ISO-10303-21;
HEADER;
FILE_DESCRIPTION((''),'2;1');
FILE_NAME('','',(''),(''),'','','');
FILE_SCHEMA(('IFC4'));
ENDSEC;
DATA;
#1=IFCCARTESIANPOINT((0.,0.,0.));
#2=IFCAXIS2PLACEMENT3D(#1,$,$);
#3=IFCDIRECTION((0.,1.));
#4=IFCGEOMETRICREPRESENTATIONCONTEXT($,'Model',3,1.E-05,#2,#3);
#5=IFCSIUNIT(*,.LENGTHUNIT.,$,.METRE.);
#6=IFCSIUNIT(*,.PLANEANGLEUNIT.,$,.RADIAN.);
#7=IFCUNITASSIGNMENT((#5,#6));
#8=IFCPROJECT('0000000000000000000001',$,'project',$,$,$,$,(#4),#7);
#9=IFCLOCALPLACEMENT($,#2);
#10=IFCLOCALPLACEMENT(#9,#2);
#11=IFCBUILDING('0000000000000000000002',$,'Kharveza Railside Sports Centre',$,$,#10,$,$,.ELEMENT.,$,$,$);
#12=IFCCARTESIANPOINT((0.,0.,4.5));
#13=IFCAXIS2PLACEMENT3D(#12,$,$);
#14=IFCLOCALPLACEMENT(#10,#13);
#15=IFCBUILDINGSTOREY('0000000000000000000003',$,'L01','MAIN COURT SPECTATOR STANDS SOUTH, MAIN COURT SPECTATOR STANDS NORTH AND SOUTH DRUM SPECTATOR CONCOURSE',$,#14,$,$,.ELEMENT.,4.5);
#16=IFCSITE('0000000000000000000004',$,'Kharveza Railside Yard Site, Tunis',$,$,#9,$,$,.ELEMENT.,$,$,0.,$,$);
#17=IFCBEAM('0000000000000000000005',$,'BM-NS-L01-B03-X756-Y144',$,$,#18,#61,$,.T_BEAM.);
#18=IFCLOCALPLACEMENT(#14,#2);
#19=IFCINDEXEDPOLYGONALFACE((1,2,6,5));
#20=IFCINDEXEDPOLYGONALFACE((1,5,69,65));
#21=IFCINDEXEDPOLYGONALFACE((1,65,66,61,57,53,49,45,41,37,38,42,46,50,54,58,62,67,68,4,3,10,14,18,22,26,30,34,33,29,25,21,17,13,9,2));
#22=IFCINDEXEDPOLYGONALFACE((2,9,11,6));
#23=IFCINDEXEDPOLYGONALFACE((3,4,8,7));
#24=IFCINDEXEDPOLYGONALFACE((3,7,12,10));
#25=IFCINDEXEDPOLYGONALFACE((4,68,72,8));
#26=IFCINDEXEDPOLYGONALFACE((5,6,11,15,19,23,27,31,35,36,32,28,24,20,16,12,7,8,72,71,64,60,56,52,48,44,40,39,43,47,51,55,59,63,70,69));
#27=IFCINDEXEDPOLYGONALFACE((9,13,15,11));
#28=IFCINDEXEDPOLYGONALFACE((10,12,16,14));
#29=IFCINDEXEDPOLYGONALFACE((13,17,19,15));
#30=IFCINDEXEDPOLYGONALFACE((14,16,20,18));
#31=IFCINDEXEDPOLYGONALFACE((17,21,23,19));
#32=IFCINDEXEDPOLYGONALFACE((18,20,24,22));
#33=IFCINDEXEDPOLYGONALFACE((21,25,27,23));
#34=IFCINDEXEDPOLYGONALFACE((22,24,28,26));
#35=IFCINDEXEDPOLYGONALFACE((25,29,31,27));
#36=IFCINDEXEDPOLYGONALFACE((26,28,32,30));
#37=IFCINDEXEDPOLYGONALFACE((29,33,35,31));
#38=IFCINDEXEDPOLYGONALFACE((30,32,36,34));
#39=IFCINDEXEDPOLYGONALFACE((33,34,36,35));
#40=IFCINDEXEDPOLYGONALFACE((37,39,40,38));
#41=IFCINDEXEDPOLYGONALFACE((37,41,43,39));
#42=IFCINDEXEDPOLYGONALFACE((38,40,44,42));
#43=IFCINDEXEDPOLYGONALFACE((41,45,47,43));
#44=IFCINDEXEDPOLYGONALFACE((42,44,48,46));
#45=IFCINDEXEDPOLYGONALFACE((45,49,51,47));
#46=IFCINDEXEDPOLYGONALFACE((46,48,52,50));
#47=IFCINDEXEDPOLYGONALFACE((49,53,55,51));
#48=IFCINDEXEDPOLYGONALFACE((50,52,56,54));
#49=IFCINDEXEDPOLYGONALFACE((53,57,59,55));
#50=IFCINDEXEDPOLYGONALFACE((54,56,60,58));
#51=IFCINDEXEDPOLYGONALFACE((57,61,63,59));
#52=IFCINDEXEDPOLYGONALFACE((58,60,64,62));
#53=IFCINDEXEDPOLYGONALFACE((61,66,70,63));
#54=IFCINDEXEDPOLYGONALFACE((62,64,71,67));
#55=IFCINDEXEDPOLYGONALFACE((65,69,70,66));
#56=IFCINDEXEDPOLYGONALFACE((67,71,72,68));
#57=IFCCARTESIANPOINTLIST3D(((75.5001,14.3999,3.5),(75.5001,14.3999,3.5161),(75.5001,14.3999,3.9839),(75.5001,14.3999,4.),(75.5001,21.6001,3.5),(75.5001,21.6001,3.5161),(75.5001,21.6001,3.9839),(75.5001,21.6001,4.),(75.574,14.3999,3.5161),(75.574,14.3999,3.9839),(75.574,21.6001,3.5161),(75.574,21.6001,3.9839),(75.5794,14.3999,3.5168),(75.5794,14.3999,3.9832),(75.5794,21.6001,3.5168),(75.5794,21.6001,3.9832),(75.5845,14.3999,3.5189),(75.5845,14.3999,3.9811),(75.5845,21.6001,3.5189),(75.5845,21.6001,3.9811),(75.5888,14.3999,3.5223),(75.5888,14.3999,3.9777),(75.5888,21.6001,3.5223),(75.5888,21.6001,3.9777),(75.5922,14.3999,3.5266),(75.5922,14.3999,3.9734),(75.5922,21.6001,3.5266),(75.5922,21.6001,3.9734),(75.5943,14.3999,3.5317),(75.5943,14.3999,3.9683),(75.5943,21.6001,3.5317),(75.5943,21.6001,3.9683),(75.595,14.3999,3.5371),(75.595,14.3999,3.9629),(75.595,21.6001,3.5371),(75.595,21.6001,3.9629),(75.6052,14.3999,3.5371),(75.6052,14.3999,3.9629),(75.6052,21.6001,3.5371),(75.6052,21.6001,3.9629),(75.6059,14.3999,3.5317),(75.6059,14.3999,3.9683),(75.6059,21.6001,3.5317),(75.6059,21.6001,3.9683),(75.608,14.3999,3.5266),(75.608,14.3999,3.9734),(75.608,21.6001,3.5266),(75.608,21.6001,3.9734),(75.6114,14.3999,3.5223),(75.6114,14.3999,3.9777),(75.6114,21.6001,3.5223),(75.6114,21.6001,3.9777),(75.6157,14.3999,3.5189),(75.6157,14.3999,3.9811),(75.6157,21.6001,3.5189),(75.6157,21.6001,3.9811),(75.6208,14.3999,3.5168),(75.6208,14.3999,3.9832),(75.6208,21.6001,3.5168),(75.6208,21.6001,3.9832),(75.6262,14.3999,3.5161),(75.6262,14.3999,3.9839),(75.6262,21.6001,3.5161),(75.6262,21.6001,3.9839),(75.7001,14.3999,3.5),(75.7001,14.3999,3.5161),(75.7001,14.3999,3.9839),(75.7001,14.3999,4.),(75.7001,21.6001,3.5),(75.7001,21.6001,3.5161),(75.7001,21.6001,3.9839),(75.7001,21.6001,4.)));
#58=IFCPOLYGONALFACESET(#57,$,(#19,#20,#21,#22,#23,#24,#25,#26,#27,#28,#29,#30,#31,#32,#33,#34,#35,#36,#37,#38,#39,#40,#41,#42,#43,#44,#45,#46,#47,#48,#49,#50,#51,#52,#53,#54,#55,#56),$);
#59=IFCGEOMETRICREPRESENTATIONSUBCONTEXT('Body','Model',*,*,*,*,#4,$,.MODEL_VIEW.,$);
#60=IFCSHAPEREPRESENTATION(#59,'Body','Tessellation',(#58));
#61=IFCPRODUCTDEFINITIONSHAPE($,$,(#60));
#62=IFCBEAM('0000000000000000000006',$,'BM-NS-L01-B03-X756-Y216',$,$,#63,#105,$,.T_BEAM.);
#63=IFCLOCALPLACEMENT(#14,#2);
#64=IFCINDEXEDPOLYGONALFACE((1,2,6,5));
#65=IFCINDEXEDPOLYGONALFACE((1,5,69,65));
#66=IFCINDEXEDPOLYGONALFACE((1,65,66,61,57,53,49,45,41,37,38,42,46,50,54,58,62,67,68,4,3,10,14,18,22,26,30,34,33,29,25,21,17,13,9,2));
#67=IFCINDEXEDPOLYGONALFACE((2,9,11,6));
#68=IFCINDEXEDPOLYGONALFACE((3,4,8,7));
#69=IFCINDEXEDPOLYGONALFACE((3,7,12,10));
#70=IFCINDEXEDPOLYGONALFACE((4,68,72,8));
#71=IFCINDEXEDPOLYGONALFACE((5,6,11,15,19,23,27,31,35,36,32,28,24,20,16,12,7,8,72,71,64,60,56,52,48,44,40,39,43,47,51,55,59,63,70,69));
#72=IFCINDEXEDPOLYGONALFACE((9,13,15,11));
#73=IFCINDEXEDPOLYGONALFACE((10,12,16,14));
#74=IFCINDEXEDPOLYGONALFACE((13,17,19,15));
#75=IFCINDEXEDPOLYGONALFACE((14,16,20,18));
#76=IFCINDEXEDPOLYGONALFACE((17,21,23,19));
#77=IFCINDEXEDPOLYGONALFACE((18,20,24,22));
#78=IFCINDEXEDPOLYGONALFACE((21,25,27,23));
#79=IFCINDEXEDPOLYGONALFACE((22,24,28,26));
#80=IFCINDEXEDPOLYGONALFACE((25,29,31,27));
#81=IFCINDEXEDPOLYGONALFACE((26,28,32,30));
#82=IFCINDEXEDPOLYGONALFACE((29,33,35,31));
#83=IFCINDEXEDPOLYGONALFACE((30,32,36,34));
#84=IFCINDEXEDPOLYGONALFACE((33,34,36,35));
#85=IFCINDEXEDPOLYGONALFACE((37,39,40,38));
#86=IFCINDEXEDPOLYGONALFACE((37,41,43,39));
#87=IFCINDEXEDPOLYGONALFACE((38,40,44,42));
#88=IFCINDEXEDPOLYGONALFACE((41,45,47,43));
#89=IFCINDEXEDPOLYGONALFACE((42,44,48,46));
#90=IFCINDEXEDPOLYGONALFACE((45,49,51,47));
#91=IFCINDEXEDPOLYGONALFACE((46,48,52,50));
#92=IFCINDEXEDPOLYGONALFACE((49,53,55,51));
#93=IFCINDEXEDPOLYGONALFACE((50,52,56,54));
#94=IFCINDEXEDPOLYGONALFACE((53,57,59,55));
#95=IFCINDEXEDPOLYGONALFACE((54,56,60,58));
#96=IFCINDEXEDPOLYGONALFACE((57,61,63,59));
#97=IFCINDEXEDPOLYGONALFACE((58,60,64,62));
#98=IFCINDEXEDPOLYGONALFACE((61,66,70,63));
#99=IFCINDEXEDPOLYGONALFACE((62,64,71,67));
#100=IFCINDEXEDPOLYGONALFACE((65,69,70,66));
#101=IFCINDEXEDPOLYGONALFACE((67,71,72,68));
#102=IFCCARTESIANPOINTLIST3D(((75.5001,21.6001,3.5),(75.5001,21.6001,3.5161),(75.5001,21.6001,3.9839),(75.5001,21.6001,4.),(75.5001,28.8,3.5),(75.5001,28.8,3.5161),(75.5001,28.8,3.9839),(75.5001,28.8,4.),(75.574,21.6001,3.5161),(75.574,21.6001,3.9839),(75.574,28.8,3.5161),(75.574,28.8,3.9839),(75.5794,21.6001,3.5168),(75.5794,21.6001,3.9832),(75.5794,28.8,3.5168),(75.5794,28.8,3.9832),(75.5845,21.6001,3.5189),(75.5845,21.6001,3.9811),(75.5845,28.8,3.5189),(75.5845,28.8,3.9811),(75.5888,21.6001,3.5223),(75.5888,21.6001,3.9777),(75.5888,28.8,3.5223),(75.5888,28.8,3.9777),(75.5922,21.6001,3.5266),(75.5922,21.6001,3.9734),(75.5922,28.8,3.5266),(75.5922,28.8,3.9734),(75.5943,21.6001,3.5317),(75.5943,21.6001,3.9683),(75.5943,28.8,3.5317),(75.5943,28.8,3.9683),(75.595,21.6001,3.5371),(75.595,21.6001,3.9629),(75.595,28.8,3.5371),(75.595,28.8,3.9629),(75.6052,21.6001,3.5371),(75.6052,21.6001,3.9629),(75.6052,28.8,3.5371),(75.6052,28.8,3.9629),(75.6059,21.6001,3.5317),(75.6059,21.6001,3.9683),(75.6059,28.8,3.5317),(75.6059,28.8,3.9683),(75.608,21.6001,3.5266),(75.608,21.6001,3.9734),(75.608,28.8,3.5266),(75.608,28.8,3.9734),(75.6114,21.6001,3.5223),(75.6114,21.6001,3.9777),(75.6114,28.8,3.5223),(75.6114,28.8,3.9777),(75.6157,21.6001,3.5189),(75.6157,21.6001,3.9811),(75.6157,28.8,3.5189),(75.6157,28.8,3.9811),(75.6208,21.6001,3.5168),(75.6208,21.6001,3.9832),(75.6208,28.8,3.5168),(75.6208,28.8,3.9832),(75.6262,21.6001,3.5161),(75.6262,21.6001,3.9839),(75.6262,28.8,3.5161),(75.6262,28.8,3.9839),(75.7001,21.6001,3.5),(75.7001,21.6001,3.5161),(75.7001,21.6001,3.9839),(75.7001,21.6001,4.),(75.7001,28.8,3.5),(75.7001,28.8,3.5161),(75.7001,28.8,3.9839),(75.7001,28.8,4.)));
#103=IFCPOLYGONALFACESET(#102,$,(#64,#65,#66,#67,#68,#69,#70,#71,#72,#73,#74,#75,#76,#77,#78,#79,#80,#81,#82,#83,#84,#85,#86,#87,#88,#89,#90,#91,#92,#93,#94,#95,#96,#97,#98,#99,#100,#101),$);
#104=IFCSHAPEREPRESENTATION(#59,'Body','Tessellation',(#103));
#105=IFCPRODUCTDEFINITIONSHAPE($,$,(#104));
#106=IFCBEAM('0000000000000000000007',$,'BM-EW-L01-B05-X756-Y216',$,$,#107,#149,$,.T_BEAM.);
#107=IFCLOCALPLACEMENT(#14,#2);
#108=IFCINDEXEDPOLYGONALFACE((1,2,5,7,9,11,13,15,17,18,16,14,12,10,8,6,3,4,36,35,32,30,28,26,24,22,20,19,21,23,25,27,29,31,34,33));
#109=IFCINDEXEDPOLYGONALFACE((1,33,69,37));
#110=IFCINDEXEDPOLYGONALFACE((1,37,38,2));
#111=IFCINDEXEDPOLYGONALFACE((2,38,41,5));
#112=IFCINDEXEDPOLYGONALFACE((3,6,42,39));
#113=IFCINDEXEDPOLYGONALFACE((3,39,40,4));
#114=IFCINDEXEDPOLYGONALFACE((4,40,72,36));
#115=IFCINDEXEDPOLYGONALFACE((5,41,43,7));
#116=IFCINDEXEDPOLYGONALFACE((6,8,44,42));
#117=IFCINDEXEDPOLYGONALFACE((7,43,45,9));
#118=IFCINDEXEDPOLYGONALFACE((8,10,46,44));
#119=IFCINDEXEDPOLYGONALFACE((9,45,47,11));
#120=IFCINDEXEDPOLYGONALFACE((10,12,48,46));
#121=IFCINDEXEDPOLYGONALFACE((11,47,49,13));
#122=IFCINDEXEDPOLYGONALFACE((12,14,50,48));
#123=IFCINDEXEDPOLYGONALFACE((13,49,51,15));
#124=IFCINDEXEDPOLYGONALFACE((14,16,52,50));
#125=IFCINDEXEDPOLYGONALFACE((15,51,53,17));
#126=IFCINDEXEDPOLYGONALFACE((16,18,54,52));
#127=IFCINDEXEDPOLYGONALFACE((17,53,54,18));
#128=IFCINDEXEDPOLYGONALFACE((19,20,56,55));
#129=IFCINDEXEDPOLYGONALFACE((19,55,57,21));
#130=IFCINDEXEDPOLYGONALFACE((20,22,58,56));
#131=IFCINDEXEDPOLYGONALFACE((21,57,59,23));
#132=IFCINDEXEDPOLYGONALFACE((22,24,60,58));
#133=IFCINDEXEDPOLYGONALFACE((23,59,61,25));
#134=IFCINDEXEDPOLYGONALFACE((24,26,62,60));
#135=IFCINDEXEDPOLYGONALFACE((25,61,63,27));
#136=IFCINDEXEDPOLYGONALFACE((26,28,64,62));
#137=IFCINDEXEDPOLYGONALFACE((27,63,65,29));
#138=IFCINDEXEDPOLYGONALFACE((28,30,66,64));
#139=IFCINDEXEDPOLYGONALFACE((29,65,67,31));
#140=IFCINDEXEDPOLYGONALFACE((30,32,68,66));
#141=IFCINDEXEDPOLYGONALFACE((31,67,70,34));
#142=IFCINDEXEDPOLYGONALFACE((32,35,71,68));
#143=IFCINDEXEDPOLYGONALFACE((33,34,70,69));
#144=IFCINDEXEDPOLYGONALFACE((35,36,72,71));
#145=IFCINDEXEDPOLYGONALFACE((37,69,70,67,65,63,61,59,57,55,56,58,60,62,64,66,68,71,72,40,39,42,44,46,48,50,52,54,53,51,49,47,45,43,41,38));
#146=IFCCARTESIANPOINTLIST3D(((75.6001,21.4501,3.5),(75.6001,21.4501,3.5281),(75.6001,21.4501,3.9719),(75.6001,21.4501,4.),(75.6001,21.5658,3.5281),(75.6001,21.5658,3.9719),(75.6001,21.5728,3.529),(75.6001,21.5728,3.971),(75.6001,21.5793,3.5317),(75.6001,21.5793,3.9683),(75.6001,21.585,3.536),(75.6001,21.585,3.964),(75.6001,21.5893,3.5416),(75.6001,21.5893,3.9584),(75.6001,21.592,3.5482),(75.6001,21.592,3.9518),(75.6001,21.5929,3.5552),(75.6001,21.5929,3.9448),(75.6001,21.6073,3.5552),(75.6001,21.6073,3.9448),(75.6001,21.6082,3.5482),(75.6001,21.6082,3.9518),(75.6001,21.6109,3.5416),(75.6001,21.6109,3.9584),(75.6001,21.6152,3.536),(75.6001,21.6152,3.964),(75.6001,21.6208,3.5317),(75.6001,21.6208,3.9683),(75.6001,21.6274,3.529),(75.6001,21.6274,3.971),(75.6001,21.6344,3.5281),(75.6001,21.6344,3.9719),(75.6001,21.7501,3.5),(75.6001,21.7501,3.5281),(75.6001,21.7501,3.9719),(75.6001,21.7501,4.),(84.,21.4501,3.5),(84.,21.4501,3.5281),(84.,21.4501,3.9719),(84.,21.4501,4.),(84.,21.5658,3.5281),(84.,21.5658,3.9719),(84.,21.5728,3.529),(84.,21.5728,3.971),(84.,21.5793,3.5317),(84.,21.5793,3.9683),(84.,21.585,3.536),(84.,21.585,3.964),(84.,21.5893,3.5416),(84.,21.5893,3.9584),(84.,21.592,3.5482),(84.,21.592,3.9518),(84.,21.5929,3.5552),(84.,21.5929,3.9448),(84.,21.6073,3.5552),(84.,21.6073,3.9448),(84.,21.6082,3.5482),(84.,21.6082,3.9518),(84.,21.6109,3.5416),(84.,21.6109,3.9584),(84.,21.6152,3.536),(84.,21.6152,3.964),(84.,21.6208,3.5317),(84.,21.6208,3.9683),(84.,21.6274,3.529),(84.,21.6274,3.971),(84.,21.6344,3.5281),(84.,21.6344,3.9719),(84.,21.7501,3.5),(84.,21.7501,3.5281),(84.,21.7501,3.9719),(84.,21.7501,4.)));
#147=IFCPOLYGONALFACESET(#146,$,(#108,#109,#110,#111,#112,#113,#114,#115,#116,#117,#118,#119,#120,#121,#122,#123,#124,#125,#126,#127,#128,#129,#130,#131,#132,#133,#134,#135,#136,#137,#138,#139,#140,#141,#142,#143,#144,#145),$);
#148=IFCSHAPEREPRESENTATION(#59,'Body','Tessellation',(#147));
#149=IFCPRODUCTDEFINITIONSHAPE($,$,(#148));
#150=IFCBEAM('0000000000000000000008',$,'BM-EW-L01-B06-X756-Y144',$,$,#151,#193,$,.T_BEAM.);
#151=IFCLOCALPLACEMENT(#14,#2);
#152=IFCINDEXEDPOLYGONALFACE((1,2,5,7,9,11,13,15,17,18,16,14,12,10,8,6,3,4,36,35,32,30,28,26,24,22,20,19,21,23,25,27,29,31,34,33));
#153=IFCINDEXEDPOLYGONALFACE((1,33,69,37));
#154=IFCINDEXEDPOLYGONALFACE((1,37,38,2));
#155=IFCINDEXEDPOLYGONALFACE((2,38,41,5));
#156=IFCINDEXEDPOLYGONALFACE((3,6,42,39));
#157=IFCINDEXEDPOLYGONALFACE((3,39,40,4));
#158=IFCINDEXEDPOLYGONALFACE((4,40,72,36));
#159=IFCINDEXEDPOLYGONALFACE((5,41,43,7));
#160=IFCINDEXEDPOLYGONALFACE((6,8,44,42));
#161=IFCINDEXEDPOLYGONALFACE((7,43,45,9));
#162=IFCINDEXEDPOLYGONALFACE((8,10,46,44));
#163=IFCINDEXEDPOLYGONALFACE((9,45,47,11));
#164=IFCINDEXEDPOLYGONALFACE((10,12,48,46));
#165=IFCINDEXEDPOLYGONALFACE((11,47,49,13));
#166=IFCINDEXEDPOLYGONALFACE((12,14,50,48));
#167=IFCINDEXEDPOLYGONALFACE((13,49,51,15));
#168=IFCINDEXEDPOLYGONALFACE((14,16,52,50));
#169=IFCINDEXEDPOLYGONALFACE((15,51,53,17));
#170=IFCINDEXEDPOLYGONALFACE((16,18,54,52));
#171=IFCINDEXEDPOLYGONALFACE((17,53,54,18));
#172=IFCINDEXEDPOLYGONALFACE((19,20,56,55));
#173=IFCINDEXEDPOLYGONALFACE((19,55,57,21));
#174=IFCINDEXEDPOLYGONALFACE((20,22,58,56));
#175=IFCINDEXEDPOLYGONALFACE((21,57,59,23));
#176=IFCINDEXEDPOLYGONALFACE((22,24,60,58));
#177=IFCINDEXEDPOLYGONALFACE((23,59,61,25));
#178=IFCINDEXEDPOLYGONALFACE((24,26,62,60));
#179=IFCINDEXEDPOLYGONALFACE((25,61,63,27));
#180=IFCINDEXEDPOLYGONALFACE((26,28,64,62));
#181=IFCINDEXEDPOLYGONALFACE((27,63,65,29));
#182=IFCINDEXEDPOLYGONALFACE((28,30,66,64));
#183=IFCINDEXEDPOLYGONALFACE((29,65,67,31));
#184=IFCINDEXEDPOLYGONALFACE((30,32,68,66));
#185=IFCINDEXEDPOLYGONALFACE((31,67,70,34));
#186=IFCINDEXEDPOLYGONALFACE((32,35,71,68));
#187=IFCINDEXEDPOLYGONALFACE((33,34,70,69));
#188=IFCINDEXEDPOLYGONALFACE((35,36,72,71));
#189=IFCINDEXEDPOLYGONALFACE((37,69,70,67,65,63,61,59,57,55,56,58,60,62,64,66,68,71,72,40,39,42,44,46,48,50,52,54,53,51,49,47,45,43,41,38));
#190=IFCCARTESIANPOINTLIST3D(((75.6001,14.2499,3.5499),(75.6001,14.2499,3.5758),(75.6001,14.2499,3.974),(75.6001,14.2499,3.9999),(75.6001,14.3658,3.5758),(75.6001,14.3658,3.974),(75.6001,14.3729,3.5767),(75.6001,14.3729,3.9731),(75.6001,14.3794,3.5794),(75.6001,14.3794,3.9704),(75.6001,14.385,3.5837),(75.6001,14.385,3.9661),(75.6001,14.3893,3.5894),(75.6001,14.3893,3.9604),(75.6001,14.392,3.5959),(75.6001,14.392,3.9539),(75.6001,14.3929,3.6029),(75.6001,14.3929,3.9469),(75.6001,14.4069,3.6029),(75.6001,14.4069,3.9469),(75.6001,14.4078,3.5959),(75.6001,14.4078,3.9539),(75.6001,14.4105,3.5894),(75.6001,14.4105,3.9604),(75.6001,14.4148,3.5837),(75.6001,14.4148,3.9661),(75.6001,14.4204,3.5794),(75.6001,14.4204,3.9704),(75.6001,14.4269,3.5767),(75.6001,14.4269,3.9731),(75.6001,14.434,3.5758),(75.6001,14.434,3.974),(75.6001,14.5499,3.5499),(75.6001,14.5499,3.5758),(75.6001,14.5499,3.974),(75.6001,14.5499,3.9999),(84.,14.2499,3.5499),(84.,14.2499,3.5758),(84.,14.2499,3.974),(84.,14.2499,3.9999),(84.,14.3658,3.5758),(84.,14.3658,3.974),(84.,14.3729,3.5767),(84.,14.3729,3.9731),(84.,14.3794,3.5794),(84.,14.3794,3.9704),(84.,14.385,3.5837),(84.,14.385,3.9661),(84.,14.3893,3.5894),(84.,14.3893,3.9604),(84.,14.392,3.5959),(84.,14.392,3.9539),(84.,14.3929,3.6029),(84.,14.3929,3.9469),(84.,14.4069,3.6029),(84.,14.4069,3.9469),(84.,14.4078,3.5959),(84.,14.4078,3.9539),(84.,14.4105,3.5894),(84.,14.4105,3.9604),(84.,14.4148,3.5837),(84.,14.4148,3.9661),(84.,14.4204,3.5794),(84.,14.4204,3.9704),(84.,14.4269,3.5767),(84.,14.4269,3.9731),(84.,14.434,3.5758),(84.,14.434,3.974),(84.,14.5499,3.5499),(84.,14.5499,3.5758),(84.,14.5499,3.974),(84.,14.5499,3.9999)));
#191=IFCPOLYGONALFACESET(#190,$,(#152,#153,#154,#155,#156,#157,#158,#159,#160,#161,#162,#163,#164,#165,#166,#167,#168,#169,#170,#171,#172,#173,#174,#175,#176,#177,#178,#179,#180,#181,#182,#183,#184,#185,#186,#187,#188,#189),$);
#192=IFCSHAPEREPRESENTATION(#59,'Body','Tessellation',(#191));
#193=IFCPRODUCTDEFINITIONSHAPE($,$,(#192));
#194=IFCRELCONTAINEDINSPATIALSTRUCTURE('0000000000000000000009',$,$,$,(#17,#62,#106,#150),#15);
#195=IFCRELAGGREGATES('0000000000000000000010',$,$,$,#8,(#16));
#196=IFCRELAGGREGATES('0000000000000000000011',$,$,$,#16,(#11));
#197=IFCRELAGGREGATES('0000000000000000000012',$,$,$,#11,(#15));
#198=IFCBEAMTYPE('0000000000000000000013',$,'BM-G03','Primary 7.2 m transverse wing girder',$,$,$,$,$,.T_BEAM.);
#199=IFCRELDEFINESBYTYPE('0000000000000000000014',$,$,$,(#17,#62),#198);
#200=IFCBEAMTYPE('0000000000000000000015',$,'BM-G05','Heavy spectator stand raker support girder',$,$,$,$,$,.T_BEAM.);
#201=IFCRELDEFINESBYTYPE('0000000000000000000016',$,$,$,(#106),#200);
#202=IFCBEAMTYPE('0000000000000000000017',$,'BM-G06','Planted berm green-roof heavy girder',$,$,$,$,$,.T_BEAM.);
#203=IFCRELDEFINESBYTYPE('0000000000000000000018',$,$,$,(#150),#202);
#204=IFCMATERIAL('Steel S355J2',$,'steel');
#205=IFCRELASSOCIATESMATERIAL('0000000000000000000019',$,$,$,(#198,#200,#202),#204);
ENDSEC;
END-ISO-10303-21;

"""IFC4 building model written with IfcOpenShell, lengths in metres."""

from ifc_helpers import new_model, si_unit, direction, frame, origin, origin_2d, place, context, subcontext, project, spatial, i_section, extrude, material, material_profile, profile_set, type_object, element, save


model = new_model("IFC4")

# Units and contexts
model_context = context("Model", 3, precision=1e-05, world=origin(), true_north=direction((0.0, 1.0)))
body_context = subcontext(model_context, "Body", "Model", "MODEL_VIEW")
ifc_project = project(units=[si_unit("LENGTHUNIT", "METRE"), si_unit("PLANEANGLEUNIT", "RADIAN")], contexts=[model_context])

# Site, building, storey
site_placement = place(None, origin())
site = spatial("IfcSite", under=ifc_project, at=site_placement, Name="Kharveza Railside Yard Site, Tunis", CompositionType="ELEMENT", RefElevation=0.0)
building_placement = place(site_placement, origin())
building = spatial("IfcBuilding", under=site, at=building_placement, Name="Kharveza Railside Sports Centre", CompositionType="ELEMENT")
storey_placement = place(building_placement, frame((0.0, 0.0, 4.5)))
storey = spatial("IfcBuildingStorey", under=building, at=storey_placement, Name="L01", Description="MAIN COURT SPECTATOR STANDS SOUTH, MAIN COURT SPECTATOR STANDS NORTH AND SOUTH DRUM SPECTATOR CONCOURSE", CompositionType="ELEMENT", Elevation=4.5)

# Shared definitions
ifc_material_1 = material(Name="Steel S355J2", Category="steel")

# Beams
ifc_material_profile_1 = material_profile(ifc_material_1, i_section(OverallWidth=0.2, OverallDepth=0.5, WebThickness=0.0103, FlangeThickness=0.0161, FilletRadius=0.021, at=origin_2d()), Name="IPE 500")
ifc_profile_set_1 = profile_set([ifc_material_profile_1], Name="Steel S355J2")
beam_type_1 = type_object("IfcBeamType", Name="BM-G03", Description="Primary 7.2 m transverse wing girder", PredefinedType="T_BEAM", material=ifc_profile_set_1)
beam_1_placement = place(storey_placement, frame((75.6001, 14.3999, 3.75), z_axis=(0.0, 1.0, 0.0), x_axis=(-1.0, 0.0, 0.0)))
element("IfcBeam", 1, at=beam_1_placement, inside=storey, type_object=beam_type_1, Name="BM-NS-L01-B03-X756-Y144", PredefinedType="T_BEAM", context=body_context, shape_type="SweptSolid", body=[
    extrude(i_section(OverallWidth=0.2, OverallDepth=0.5, WebThickness=0.0103, FlangeThickness=0.0161, FilletRadius=0.021, at=origin_2d()), origin(), (0.0, 0.0, 1.0), 7.2002),
])
beam_2_placement = place(storey_placement, frame((75.6001, 21.6001, 3.75), z_axis=(0.0, 1.0, 0.0), x_axis=(-1.0, 0.0, 0.0)))
element("IfcBeam", 2, at=beam_2_placement, inside=storey, type_object=beam_type_1, Name="BM-NS-L01-B03-X756-Y216", PredefinedType="T_BEAM", context=body_context, shape_type="SweptSolid", body=[
    extrude(i_section(OverallWidth=0.2, OverallDepth=0.5, WebThickness=0.0103, FlangeThickness=0.0161, FilletRadius=0.021, at=origin_2d()), origin(), (0.0, 0.0, 1.0), 7.2),
])
ifc_material_profile_2 = material_profile(ifc_material_1, i_section(OverallWidth=0.3, OverallDepth=0.5, WebThickness=0.0144, FlangeThickness=0.0281, FilletRadius=0.0271, at=origin_2d()), Name="HEB 500")
ifc_profile_set_2 = profile_set([ifc_material_profile_2], Name="Steel S355J2")
beam_type_2 = type_object("IfcBeamType", Name="BM-G05", Description="Heavy spectator stand raker support girder", PredefinedType="T_BEAM", material=ifc_profile_set_2)
beam_3_placement = place(storey_placement, frame((75.6001, 21.6001, 3.75), z_axis=(1.0, 0.0, 0.0), x_axis=(0.0, 1.0, 0.0)))
element("IfcBeam", 3, at=beam_3_placement, inside=storey, type_object=beam_type_2, Name="BM-EW-L01-B05-X756-Y216", PredefinedType="T_BEAM", context=body_context, shape_type="SweptSolid", body=[
    extrude(i_section(OverallWidth=0.3, OverallDepth=0.5, WebThickness=0.0144, FlangeThickness=0.0281, FilletRadius=0.0271, at=origin_2d()), origin(), (0.0, 0.0, 1.0), 8.3999),
])
ifc_material_profile_3 = material_profile(ifc_material_1, i_section(OverallWidth=0.3, OverallDepth=0.45, WebThickness=0.0139, FlangeThickness=0.0259, FilletRadius=0.0271, at=origin_2d()), Name="HEB 450")
ifc_profile_set_3 = profile_set([ifc_material_profile_3], Name="Steel S355J2")
beam_type_3 = type_object("IfcBeamType", Name="BM-G06", Description="Planted berm green-roof heavy girder", PredefinedType="T_BEAM", material=ifc_profile_set_3)
beam_4_placement = place(storey_placement, frame((75.6001, 14.3999, 3.7749), z_axis=(1.0, 0.0, 0.0), x_axis=(0.0, 1.0, 0.0)))
element("IfcBeam", 4, at=beam_4_placement, inside=storey, type_object=beam_type_3, Name="BM-EW-L01-B06-X756-Y144", PredefinedType="T_BEAM", context=body_context, shape_type="SweptSolid", body=[
    extrude(i_section(OverallWidth=0.3, OverallDepth=0.45, WebThickness=0.0139, FlangeThickness=0.0259, FilletRadius=0.0271, at=origin_2d()), origin(), (0.0, 0.0, 1.0), 8.3999),
])

save(model, "model.ifc")
